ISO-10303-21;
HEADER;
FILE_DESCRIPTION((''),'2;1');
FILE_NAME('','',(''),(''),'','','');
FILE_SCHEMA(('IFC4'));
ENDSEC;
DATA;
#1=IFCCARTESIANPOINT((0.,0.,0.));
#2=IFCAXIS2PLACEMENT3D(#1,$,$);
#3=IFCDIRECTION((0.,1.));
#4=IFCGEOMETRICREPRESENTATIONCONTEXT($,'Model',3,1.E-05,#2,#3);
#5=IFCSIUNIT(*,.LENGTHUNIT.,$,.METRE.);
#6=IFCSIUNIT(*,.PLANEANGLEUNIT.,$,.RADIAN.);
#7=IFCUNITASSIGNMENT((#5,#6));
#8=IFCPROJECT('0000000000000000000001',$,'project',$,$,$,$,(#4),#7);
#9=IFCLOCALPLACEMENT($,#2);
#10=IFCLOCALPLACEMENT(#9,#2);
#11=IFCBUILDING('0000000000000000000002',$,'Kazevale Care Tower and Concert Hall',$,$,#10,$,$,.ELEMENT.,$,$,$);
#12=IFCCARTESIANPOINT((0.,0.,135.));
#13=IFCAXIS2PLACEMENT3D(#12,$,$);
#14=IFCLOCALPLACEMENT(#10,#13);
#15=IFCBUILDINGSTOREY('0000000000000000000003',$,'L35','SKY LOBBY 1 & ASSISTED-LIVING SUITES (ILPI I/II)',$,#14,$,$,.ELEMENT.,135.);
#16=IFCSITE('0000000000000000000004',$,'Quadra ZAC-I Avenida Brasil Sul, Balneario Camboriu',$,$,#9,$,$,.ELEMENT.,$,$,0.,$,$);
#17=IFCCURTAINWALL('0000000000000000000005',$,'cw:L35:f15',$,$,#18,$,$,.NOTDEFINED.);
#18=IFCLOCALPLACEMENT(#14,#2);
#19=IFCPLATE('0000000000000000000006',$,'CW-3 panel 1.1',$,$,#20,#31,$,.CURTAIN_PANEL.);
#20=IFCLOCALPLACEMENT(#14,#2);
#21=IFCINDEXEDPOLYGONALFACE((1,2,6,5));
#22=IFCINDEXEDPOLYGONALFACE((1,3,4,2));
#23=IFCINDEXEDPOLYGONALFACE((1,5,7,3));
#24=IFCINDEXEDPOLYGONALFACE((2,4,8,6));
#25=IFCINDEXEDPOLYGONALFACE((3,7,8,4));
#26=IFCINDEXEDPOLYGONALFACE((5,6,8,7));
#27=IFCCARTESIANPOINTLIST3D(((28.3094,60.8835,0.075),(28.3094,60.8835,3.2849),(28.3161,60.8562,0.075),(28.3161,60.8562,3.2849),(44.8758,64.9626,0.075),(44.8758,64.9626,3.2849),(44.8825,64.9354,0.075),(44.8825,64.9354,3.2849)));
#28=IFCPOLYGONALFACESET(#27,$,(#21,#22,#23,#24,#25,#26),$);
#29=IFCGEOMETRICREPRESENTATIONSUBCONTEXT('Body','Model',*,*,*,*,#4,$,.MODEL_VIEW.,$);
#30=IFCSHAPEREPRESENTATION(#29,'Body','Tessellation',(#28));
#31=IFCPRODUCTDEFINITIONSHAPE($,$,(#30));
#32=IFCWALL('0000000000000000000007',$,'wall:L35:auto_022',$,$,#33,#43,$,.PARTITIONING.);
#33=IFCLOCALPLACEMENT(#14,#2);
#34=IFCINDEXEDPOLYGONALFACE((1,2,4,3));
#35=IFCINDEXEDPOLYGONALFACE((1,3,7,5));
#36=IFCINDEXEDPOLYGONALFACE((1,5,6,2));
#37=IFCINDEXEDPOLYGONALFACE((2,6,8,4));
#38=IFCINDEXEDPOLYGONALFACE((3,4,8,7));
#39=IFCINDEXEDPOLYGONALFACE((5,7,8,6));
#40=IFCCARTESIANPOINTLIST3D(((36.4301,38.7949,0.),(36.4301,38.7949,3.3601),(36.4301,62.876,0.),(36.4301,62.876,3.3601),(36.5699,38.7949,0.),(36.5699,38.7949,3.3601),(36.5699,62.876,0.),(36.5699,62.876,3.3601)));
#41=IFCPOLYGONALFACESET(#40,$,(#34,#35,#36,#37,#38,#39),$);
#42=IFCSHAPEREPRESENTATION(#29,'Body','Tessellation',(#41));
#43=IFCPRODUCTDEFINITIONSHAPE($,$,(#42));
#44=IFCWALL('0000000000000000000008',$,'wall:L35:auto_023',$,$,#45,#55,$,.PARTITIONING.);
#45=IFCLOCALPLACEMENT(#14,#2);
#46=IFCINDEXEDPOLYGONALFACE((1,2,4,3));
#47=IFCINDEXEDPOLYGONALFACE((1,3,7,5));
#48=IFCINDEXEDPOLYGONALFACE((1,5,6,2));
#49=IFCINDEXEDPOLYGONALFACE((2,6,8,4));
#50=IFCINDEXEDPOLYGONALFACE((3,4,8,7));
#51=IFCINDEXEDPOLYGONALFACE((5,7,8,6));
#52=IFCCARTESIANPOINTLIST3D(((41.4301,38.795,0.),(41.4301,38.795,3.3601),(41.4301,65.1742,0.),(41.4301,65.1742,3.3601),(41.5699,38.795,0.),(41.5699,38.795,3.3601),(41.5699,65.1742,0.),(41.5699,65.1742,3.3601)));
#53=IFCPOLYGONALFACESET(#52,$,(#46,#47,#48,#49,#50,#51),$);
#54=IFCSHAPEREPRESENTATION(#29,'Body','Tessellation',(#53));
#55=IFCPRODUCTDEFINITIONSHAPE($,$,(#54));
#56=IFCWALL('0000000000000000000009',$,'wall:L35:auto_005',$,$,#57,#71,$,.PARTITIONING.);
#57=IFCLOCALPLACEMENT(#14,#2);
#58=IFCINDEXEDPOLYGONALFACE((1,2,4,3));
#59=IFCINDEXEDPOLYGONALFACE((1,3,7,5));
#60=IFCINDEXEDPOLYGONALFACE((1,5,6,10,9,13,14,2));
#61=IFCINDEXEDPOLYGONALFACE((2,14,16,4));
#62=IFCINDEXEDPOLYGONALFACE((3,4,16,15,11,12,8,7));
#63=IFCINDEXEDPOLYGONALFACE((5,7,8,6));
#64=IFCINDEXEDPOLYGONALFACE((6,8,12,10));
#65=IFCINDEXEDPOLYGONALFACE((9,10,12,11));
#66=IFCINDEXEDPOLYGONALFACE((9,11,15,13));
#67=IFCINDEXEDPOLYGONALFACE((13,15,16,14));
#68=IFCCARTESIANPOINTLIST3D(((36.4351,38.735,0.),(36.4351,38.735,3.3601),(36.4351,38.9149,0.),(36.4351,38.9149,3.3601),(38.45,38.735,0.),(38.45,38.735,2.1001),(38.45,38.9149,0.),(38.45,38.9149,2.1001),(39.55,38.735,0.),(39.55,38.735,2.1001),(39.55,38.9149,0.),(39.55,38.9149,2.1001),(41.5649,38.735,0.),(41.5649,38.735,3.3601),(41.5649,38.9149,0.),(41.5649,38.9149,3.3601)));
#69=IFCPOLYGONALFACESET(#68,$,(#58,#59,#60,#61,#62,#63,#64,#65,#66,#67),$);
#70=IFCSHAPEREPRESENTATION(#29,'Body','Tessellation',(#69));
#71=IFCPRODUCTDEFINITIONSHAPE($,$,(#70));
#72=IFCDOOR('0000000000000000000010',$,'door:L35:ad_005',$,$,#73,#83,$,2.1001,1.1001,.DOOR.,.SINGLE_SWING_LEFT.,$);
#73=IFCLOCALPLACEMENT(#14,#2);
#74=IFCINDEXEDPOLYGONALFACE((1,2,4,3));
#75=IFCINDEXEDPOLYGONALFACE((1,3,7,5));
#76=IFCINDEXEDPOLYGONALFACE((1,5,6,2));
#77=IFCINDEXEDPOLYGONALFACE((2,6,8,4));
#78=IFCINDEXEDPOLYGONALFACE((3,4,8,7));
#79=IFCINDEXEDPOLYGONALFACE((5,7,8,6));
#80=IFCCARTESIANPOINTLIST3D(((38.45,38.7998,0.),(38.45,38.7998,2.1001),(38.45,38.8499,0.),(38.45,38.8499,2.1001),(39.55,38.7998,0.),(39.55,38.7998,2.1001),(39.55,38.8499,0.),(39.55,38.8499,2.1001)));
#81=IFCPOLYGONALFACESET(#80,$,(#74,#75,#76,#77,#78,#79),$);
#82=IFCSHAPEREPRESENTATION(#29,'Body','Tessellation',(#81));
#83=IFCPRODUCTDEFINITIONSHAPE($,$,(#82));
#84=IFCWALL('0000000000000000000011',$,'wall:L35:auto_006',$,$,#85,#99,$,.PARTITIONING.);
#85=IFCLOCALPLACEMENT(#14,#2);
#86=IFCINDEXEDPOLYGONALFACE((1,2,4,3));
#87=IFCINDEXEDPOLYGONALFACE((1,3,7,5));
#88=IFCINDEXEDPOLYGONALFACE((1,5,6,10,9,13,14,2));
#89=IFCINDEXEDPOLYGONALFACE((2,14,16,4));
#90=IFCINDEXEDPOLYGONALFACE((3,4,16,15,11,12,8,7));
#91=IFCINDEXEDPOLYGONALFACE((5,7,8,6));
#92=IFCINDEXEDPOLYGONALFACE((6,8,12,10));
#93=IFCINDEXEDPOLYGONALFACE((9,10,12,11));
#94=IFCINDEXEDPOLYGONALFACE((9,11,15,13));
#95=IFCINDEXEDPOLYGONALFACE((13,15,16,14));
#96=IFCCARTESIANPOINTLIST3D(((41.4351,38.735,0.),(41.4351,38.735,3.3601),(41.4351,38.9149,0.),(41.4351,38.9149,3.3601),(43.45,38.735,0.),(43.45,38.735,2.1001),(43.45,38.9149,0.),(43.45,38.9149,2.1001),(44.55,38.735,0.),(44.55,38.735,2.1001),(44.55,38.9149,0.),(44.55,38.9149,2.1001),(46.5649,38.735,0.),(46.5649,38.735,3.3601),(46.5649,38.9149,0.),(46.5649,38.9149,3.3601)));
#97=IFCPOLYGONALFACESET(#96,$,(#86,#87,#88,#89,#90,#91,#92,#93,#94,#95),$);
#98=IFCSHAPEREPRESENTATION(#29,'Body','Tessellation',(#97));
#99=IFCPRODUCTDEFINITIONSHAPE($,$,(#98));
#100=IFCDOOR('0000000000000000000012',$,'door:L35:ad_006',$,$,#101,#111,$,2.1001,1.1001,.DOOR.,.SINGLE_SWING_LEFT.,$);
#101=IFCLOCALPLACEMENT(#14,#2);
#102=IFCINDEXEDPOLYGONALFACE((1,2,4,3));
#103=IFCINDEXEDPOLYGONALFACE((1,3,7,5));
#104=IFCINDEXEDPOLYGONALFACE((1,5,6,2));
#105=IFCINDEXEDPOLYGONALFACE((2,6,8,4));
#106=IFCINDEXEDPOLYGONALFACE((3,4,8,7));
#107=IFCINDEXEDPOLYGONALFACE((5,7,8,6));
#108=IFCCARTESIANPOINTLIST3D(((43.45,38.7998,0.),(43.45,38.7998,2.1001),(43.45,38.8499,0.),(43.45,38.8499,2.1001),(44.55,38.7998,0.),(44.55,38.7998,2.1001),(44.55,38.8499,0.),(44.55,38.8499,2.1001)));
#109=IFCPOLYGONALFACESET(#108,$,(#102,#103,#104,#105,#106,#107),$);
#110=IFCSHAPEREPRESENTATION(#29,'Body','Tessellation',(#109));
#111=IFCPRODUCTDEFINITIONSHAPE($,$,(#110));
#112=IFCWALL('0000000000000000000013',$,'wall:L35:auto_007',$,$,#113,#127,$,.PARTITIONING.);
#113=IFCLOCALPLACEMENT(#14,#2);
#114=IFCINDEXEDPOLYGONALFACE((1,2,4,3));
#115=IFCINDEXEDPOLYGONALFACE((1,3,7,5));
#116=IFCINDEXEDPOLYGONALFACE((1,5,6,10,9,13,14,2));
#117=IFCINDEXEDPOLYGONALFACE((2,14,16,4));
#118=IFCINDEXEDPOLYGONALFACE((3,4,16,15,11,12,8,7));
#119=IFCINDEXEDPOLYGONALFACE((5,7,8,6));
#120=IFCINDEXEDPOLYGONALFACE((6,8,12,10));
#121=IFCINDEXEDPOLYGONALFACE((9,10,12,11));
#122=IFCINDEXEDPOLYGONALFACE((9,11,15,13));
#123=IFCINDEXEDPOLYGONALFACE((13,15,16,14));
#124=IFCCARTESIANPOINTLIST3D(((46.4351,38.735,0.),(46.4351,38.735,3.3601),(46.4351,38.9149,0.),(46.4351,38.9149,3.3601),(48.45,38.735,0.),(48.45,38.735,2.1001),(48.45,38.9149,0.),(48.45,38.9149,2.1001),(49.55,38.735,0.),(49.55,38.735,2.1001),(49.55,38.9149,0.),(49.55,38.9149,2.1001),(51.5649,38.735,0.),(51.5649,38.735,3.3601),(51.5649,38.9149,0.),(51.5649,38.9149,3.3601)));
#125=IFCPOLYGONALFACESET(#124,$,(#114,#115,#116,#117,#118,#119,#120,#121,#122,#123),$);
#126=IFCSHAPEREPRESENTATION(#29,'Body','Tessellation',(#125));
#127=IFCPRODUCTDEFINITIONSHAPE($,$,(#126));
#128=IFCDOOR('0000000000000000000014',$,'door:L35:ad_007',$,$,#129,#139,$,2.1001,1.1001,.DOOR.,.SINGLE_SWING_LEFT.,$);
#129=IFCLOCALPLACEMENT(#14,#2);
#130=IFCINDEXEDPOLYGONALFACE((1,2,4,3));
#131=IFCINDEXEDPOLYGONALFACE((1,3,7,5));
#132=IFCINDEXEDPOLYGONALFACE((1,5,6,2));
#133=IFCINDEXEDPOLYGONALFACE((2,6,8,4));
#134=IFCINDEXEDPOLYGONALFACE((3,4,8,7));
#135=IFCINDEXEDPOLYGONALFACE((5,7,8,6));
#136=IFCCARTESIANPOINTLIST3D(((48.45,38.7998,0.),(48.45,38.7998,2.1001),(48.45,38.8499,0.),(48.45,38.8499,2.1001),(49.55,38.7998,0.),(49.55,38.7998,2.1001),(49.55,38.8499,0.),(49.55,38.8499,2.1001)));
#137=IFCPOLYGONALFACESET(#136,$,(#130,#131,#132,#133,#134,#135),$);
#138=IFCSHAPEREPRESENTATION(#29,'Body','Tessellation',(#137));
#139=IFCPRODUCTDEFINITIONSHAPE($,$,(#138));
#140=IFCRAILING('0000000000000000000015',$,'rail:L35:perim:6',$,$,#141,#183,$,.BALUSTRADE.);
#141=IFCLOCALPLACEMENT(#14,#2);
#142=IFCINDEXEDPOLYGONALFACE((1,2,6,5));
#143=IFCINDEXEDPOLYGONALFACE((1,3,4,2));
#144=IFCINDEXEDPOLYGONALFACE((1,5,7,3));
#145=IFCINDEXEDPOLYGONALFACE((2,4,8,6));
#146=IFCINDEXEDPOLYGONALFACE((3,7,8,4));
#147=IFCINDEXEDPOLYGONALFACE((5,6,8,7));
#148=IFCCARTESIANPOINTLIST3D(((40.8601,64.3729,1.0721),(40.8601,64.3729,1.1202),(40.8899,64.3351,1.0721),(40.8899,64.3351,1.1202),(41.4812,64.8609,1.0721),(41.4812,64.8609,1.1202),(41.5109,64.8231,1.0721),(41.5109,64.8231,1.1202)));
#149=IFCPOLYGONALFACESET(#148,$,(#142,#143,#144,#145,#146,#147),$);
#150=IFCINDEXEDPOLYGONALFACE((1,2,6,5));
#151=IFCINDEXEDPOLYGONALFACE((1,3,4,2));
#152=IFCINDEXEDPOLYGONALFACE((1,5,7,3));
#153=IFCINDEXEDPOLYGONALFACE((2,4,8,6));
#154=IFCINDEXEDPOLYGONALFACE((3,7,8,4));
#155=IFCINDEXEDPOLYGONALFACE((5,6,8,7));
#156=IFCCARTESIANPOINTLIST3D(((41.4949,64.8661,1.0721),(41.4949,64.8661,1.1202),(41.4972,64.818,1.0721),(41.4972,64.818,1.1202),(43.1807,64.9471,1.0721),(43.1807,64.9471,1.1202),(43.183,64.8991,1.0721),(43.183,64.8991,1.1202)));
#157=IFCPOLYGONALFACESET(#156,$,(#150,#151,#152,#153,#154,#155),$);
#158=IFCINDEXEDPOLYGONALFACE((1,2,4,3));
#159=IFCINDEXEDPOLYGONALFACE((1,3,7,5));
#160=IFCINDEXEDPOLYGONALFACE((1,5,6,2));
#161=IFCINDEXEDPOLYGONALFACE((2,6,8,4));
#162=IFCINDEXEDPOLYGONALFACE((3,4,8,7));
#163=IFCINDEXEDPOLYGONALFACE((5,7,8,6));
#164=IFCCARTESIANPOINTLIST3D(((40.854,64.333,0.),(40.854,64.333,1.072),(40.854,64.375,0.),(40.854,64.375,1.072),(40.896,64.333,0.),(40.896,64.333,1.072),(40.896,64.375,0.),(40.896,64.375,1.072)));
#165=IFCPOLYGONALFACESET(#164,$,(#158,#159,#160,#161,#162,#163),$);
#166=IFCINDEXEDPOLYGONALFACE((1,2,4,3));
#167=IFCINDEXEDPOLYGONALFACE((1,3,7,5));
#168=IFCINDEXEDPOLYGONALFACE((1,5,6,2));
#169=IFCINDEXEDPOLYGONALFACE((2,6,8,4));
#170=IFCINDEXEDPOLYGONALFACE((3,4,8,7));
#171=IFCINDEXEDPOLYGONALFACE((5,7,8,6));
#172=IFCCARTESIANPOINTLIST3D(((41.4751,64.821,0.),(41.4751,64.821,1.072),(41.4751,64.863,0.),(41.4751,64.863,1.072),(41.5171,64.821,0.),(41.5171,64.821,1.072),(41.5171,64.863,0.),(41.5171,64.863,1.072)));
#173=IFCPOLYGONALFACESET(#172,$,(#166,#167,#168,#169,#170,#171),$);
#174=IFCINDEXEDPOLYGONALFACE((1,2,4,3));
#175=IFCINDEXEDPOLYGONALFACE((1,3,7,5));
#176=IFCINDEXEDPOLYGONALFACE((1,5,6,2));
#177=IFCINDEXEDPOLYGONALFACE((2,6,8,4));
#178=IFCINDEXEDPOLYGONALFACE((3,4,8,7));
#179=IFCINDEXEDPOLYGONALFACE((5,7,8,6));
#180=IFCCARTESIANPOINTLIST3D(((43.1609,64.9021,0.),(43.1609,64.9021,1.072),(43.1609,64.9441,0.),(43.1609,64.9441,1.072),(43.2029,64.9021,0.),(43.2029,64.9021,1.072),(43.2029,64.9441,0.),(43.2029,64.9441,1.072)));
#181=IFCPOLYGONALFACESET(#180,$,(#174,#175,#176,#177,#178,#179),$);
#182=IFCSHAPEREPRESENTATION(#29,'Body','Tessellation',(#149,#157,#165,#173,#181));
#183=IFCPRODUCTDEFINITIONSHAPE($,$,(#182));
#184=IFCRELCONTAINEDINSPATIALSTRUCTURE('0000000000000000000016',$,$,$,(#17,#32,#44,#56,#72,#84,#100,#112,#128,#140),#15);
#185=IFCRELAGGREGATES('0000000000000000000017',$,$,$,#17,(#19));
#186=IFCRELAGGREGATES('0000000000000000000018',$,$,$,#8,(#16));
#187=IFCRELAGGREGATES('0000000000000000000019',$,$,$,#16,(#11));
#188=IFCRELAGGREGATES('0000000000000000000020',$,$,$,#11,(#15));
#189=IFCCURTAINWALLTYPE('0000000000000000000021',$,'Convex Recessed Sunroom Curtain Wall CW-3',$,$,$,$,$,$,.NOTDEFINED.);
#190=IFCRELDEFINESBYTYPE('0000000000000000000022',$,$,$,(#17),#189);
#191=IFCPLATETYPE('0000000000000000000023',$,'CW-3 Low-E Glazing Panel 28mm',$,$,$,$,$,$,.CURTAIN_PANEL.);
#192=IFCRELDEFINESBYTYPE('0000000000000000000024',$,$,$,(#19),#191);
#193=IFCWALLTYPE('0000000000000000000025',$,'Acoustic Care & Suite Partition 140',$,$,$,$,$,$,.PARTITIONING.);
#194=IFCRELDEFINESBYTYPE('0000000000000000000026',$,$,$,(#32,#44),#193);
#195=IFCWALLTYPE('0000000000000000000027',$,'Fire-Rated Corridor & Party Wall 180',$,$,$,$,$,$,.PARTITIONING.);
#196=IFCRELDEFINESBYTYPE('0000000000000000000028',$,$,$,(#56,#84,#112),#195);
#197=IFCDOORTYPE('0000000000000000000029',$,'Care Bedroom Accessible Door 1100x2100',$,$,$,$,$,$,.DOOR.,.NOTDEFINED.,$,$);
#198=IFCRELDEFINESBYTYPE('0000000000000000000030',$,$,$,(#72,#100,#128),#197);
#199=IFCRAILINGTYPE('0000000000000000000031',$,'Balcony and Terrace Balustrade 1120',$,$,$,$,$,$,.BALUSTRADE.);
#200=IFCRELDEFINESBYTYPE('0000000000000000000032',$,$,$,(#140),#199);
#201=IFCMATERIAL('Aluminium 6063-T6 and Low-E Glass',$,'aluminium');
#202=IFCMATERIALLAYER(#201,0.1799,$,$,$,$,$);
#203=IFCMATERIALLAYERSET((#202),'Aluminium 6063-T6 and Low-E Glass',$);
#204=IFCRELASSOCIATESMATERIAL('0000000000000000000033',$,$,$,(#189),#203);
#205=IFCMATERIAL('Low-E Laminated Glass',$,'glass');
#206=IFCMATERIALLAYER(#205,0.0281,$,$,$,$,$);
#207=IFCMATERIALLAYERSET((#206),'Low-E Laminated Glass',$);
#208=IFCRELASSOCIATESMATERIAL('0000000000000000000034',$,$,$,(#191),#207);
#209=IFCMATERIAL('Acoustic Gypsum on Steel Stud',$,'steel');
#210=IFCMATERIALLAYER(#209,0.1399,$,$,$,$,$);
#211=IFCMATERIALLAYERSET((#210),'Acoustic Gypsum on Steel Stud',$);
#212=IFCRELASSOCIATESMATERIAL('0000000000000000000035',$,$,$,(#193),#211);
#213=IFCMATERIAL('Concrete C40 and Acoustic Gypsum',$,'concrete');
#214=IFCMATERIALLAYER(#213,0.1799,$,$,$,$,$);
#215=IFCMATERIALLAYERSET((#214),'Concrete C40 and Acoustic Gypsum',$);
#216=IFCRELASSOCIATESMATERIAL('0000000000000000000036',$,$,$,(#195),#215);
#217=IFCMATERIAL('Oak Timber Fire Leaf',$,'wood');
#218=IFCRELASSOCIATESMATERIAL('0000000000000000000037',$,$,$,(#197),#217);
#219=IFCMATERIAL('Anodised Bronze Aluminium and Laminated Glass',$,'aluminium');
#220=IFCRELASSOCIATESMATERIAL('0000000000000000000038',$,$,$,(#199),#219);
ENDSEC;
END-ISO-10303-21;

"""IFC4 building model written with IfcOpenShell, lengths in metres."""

from ifc_helpers import new_model, si_unit, direction, frame, frame_2d, origin, origin_2d, place, context, subcontext, project, spatial, rectangle, extrude, material, layer, layer_set, type_object, element, fill, aggregate, save


model = new_model("IFC4")

# Units and contexts
model_context = context("Model", 3, precision=1e-05, world=origin(), true_north=direction((0.0, 1.0)))
body_context = subcontext(model_context, "Body", "Model", "MODEL_VIEW")
ifc_project = project(units=[si_unit("LENGTHUNIT", "METRE"), si_unit("PLANEANGLEUNIT", "RADIAN")], contexts=[model_context])

# Site, building, storey
site_placement = place(None, origin())
site = spatial("IfcSite", under=ifc_project, at=site_placement, Name="Quadra ZAC-I Avenida Brasil Sul, Balneario Camboriu", CompositionType="ELEMENT", RefElevation=0.0)
building_placement = place(site_placement, origin())
building = spatial("IfcBuilding", under=site, at=building_placement, Name="Kazevale Care Tower and Concert Hall", CompositionType="ELEMENT")
storey_placement = place(building_placement, frame((0.0, 0.0, 135.0)))
storey = spatial("IfcBuildingStorey", under=building, at=storey_placement, Name="L35", Description="SKY LOBBY 1 & ASSISTED-LIVING SUITES (ILPI I/II)", CompositionType="ELEMENT", Elevation=135.0)

# Shared definitions
ifc_material_1 = material(Name="Aluminium 6063-T6 and Low-E Glass", Category="aluminium")

# Curtain wall
ifc_layer_1 = layer(ifc_material_1, 0.1799)
ifc_layer_set_1 = layer_set([ifc_layer_1], Name="Aluminium 6063-T6 and Low-E Glass")
curtain_wall_type_1 = type_object("IfcCurtainWallType", Name="Convex Recessed Sunroom Curtain Wall CW-3", PredefinedType="NOTDEFINED", material=ifc_layer_set_1)
curtain_wall_1_placement = place(storey_placement, origin())
curtain_wall_1 = element("IfcCurtainWall", 1, at=curtain_wall_1_placement, inside=storey, type_object=curtain_wall_type_1, Name="cw:L35:f15", PredefinedType="NOTDEFINED")

# Plate
ifc_material_2 = material(Name="Low-E Laminated Glass", Category="glass")
ifc_layer_2 = layer(ifc_material_2, 0.0281)
ifc_layer_set_2 = layer_set([ifc_layer_2], Name="Low-E Laminated Glass")
plate_type = type_object("IfcPlateType", Name="CW-3 Low-E Glazing Panel 28mm", PredefinedType="CURTAIN_PANEL", material=ifc_layer_set_2)
plate_placement = place(storey_placement, frame((36.5959, 62.9094, 0.075), z_axis=(0.0, 0.0, 1.0), x_axis=(0.970998, 0.239089, 0.0)))
plate = element("IfcPlate", 2, at=plate_placement, type_object=plate_type, Name="CW-3 panel 1.1", PredefinedType="CURTAIN_PANEL", context=body_context, shape_type="SweptSolid", body=[
    extrude(rectangle(XDim=17.0613, YDim=0.0281, at=origin_2d()), origin(), (0.0, 0.0, 1.0), 3.21),
])
aggregate(curtain_wall_1, [plate])

# Walls
ifc_material_3 = material(Name="Acoustic Gypsum on Steel Stud", Category="steel")
ifc_layer_3 = layer(ifc_material_3, 0.1399)
ifc_layer_set_3 = layer_set([ifc_layer_3], Name="Acoustic Gypsum on Steel Stud")
wall_type_1 = type_object("IfcWallType", Name="Acoustic Care & Suite Partition 140", PredefinedType="PARTITIONING", material=ifc_layer_set_3)
wall_1_placement = place(storey_placement, frame((36.5, 62.876, 0.0), z_axis=(0.0, 0.0, 1.0), x_axis=(0.0, -1.0, 0.0)))
element("IfcWall", 3, at=wall_1_placement, inside=storey, type_object=wall_type_1, Name="wall:L35:auto_022", PredefinedType="PARTITIONING", context=body_context, shape_type="SweptSolid", body=[
    extrude(rectangle(XDim=24.0811, YDim=0.1399, at=frame_2d((12.0405, 0.0))), origin(), (0.0, 0.0, 1.0), 3.3601),
])
wall_2_placement = place(storey_placement, frame((41.5, 65.1741, 0.0), z_axis=(0.0, 0.0, 1.0), x_axis=(0.0, -1.0, 0.0)))
element("IfcWall", 4, at=wall_2_placement, inside=storey, type_object=wall_type_1, Name="wall:L35:auto_023", PredefinedType="PARTITIONING", context=body_context, shape_type="SweptSolid", body=[
    extrude(rectangle(XDim=26.3792, YDim=0.1399, at=frame_2d((13.1895, 0.0))), origin(), (0.0, 0.0, 1.0), 3.3601),
])

# Walls, openings, doors
ifc_material_4 = material(Name="Concrete C40 and Acoustic Gypsum", Category="concrete")
ifc_layer_4 = layer(ifc_material_4, 0.1799)
ifc_layer_set_4 = layer_set([ifc_layer_4], Name="Concrete C40 and Acoustic Gypsum")
wall_type_2 = type_object("IfcWallType", Name="Fire-Rated Corridor & Party Wall 180", PredefinedType="PARTITIONING", material=ifc_layer_set_4)
wall_3_placement = place(storey_placement, frame((36.4351, 38.825, 0.0), z_axis=(0.0, 0.0, 1.0), x_axis=(1.0, 0.0, 0.0)))
wall_3 = element("IfcWall", 5, at=wall_3_placement, inside=storey, type_object=wall_type_2, Name="wall:L35:auto_005", PredefinedType="PARTITIONING", context=body_context, shape_type="SweptSolid", body=[
    extrude(rectangle(XDim=5.1299, YDim=0.1799, at=frame_2d((2.5649, 0.0))), origin(), (0.0, 0.0, 1.0), 3.3601),
])
opening_1_placement = place(wall_3_placement, frame((2.0149, 0.0, 0.0)))
opening_1 = element("IfcOpeningElement", 6, at=opening_1_placement, cuts=wall_3, PredefinedType="OPENING", context=body_context, shape_type="SweptSolid", body=[
    extrude(rectangle(XDim=1.1001, YDim=2.1001, at=frame_2d((0.55, 1.05))), frame((0.0, 0.0999, 0.0), z_axis=(0.0, -1.0, 0.0), x_axis=(1.0, 0.0, 0.0)), (0.0, 0.0, 1.0), 0.2),
])
ifc_material_5 = material(Name="Oak Timber Fire Leaf", Category="wood")
door_type = type_object("IfcDoorType", Name="Care Bedroom Accessible Door 1100x2100", OperationType="NOTDEFINED", PredefinedType="DOOR", material=ifc_material_5)
door_1_placement = place(opening_1_placement, origin())
door_1 = element("IfcDoor", 7, at=door_1_placement, inside=storey, type_object=door_type, Name="door:L35:ad_005", OperationType="SINGLE_SWING_LEFT", OverallHeight=2.1001, OverallWidth=1.1001, PredefinedType="DOOR", context=body_context, shape_type="SweptSolid", body=[
    extrude(rectangle(XDim=1.1001, YDim=2.1001, at=frame_2d((0.55, 1.05))), frame((0.0, 0.0249, 0.0), z_axis=(0.0, -1.0, 0.0), x_axis=(1.0, 0.0, 0.0)), (0.0, 0.0, 1.0), 0.05),
])
fill(opening_1, door_1)
wall_4_placement = place(storey_placement, frame((41.4351, 38.825, 0.0), z_axis=(0.0, 0.0, 1.0), x_axis=(1.0, 0.0, 0.0)))
wall_4 = element("IfcWall", 8, at=wall_4_placement, inside=storey, type_object=wall_type_2, Name="wall:L35:auto_006", PredefinedType="PARTITIONING", context=body_context, shape_type="SweptSolid", body=[
    extrude(rectangle(XDim=5.1299, YDim=0.1799, at=frame_2d((2.5649, 0.0))), origin(), (0.0, 0.0, 1.0), 3.3601),
])
opening_2_placement = place(wall_4_placement, frame((2.0149, 0.0, 0.0)))
opening_2 = element("IfcOpeningElement", 9, at=opening_2_placement, cuts=wall_4, PredefinedType="OPENING", context=body_context, shape_type="SweptSolid", body=[
    extrude(rectangle(XDim=1.1001, YDim=2.1001, at=frame_2d((0.55, 1.05))), frame((0.0, 0.0999, 0.0), z_axis=(0.0, -1.0, 0.0), x_axis=(1.0, 0.0, 0.0)), (0.0, 0.0, 1.0), 0.2),
])
door_2_placement = place(opening_2_placement, origin())
door_2 = element("IfcDoor", 10, at=door_2_placement, inside=storey, type_object=door_type, Name="door:L35:ad_006", OperationType="SINGLE_SWING_LEFT", OverallHeight=2.1001, OverallWidth=1.1001, PredefinedType="DOOR", context=body_context, shape_type="SweptSolid", body=[
    extrude(rectangle(XDim=1.1001, YDim=2.1001, at=frame_2d((0.55, 1.05))), frame((0.0, 0.0249, 0.0), z_axis=(0.0, -1.0, 0.0), x_axis=(1.0, 0.0, 0.0)), (0.0, 0.0, 1.0), 0.05),
])
fill(opening_2, door_2)
wall_5_placement = place(storey_placement, frame((46.4351, 38.825, 0.0), z_axis=(0.0, 0.0, 1.0), x_axis=(1.0, 0.0, 0.0)))
wall_5 = element("IfcWall", 11, at=wall_5_placement, inside=storey, type_object=wall_type_2, Name="wall:L35:auto_007", PredefinedType="PARTITIONING", context=body_context, shape_type="SweptSolid", body=[
    extrude(rectangle(XDim=5.1299, YDim=0.1799, at=frame_2d((2.5649, 0.0))), origin(), (0.0, 0.0, 1.0), 3.3601),
])
opening_3_placement = place(wall_5_placement, frame((2.0149, 0.0, 0.0)))
opening_3 = element("IfcOpeningElement", 12, at=opening_3_placement, cuts=wall_5, PredefinedType="OPENING", context=body_context, shape_type="SweptSolid", body=[
    extrude(rectangle(XDim=1.1001, YDim=2.1001, at=frame_2d((0.55, 1.05))), frame((0.0, 0.0999, 0.0), z_axis=(0.0, -1.0, 0.0), x_axis=(1.0, 0.0, 0.0)), (0.0, 0.0, 1.0), 0.2),
])
door_3_placement = place(opening_3_placement, origin())
door_3 = element("IfcDoor", 13, at=door_3_placement, inside=storey, type_object=door_type, Name="door:L35:ad_007", OperationType="SINGLE_SWING_LEFT", OverallHeight=2.1001, OverallWidth=1.1001, PredefinedType="DOOR", context=body_context, shape_type="SweptSolid", body=[
    extrude(rectangle(XDim=1.1001, YDim=2.1001, at=frame_2d((0.55, 1.05))), frame((0.0, 0.0249, 0.0), z_axis=(0.0, -1.0, 0.0), x_axis=(1.0, 0.0, 0.0)), (0.0, 0.0, 1.0), 0.05),
])
fill(opening_3, door_3)

# Railing
ifc_material_6 = material(Name="Anodised Bronze Aluminium and Laminated Glass", Category="aluminium")
railing_type = type_object("IfcRailingType", Name="Balcony and Terrace Balustrade 1120", PredefinedType="BALUSTRADE", material=ifc_material_6)
railing_placement = place(storey_placement, frame((40.875, 64.354, 0.0)))
element("IfcRailing", 14, at=railing_placement, inside=storey, type_object=railing_type, Name="rail:L35:perim:6", PredefinedType="BALUSTRADE", context=body_context, shape_type="SweptSolid", body=[
    extrude(rectangle(XDim=0.0481, YDim=0.0481, at=origin_2d()), frame((0.0, 0.0, 1.0962), z_axis=(0.786297, 0.617849, 0.0), x_axis=(-0.617849, 0.786297, 0.0)), (0.0, 0.0, 1.0), 0.7898),
    extrude(rectangle(XDim=0.0481, YDim=0.0481, at=origin_2d()), frame((0.6211, 0.488, 1.0962), z_axis=(0.998846, 0.048026, 0.0), x_axis=(-0.048026, 0.998846, 0.0)), (0.0, 0.0, 1.0), 1.6877),
    extrude(rectangle(XDim=0.042, YDim=0.042, at=origin_2d()), origin(), (0.0, 0.0, 1.0), 1.072),
    extrude(rectangle(XDim=0.042, YDim=0.042, at=origin_2d()), frame((0.6211, 0.488, 0.0)), (0.0, 0.0, 1.0), 1.072),
    extrude(rectangle(XDim=0.042, YDim=0.042, at=origin_2d()), frame((2.3069, 0.5691, 0.0)), (0.0, 0.0, 1.0), 1.072),
])

save(model, "model.ifc")
